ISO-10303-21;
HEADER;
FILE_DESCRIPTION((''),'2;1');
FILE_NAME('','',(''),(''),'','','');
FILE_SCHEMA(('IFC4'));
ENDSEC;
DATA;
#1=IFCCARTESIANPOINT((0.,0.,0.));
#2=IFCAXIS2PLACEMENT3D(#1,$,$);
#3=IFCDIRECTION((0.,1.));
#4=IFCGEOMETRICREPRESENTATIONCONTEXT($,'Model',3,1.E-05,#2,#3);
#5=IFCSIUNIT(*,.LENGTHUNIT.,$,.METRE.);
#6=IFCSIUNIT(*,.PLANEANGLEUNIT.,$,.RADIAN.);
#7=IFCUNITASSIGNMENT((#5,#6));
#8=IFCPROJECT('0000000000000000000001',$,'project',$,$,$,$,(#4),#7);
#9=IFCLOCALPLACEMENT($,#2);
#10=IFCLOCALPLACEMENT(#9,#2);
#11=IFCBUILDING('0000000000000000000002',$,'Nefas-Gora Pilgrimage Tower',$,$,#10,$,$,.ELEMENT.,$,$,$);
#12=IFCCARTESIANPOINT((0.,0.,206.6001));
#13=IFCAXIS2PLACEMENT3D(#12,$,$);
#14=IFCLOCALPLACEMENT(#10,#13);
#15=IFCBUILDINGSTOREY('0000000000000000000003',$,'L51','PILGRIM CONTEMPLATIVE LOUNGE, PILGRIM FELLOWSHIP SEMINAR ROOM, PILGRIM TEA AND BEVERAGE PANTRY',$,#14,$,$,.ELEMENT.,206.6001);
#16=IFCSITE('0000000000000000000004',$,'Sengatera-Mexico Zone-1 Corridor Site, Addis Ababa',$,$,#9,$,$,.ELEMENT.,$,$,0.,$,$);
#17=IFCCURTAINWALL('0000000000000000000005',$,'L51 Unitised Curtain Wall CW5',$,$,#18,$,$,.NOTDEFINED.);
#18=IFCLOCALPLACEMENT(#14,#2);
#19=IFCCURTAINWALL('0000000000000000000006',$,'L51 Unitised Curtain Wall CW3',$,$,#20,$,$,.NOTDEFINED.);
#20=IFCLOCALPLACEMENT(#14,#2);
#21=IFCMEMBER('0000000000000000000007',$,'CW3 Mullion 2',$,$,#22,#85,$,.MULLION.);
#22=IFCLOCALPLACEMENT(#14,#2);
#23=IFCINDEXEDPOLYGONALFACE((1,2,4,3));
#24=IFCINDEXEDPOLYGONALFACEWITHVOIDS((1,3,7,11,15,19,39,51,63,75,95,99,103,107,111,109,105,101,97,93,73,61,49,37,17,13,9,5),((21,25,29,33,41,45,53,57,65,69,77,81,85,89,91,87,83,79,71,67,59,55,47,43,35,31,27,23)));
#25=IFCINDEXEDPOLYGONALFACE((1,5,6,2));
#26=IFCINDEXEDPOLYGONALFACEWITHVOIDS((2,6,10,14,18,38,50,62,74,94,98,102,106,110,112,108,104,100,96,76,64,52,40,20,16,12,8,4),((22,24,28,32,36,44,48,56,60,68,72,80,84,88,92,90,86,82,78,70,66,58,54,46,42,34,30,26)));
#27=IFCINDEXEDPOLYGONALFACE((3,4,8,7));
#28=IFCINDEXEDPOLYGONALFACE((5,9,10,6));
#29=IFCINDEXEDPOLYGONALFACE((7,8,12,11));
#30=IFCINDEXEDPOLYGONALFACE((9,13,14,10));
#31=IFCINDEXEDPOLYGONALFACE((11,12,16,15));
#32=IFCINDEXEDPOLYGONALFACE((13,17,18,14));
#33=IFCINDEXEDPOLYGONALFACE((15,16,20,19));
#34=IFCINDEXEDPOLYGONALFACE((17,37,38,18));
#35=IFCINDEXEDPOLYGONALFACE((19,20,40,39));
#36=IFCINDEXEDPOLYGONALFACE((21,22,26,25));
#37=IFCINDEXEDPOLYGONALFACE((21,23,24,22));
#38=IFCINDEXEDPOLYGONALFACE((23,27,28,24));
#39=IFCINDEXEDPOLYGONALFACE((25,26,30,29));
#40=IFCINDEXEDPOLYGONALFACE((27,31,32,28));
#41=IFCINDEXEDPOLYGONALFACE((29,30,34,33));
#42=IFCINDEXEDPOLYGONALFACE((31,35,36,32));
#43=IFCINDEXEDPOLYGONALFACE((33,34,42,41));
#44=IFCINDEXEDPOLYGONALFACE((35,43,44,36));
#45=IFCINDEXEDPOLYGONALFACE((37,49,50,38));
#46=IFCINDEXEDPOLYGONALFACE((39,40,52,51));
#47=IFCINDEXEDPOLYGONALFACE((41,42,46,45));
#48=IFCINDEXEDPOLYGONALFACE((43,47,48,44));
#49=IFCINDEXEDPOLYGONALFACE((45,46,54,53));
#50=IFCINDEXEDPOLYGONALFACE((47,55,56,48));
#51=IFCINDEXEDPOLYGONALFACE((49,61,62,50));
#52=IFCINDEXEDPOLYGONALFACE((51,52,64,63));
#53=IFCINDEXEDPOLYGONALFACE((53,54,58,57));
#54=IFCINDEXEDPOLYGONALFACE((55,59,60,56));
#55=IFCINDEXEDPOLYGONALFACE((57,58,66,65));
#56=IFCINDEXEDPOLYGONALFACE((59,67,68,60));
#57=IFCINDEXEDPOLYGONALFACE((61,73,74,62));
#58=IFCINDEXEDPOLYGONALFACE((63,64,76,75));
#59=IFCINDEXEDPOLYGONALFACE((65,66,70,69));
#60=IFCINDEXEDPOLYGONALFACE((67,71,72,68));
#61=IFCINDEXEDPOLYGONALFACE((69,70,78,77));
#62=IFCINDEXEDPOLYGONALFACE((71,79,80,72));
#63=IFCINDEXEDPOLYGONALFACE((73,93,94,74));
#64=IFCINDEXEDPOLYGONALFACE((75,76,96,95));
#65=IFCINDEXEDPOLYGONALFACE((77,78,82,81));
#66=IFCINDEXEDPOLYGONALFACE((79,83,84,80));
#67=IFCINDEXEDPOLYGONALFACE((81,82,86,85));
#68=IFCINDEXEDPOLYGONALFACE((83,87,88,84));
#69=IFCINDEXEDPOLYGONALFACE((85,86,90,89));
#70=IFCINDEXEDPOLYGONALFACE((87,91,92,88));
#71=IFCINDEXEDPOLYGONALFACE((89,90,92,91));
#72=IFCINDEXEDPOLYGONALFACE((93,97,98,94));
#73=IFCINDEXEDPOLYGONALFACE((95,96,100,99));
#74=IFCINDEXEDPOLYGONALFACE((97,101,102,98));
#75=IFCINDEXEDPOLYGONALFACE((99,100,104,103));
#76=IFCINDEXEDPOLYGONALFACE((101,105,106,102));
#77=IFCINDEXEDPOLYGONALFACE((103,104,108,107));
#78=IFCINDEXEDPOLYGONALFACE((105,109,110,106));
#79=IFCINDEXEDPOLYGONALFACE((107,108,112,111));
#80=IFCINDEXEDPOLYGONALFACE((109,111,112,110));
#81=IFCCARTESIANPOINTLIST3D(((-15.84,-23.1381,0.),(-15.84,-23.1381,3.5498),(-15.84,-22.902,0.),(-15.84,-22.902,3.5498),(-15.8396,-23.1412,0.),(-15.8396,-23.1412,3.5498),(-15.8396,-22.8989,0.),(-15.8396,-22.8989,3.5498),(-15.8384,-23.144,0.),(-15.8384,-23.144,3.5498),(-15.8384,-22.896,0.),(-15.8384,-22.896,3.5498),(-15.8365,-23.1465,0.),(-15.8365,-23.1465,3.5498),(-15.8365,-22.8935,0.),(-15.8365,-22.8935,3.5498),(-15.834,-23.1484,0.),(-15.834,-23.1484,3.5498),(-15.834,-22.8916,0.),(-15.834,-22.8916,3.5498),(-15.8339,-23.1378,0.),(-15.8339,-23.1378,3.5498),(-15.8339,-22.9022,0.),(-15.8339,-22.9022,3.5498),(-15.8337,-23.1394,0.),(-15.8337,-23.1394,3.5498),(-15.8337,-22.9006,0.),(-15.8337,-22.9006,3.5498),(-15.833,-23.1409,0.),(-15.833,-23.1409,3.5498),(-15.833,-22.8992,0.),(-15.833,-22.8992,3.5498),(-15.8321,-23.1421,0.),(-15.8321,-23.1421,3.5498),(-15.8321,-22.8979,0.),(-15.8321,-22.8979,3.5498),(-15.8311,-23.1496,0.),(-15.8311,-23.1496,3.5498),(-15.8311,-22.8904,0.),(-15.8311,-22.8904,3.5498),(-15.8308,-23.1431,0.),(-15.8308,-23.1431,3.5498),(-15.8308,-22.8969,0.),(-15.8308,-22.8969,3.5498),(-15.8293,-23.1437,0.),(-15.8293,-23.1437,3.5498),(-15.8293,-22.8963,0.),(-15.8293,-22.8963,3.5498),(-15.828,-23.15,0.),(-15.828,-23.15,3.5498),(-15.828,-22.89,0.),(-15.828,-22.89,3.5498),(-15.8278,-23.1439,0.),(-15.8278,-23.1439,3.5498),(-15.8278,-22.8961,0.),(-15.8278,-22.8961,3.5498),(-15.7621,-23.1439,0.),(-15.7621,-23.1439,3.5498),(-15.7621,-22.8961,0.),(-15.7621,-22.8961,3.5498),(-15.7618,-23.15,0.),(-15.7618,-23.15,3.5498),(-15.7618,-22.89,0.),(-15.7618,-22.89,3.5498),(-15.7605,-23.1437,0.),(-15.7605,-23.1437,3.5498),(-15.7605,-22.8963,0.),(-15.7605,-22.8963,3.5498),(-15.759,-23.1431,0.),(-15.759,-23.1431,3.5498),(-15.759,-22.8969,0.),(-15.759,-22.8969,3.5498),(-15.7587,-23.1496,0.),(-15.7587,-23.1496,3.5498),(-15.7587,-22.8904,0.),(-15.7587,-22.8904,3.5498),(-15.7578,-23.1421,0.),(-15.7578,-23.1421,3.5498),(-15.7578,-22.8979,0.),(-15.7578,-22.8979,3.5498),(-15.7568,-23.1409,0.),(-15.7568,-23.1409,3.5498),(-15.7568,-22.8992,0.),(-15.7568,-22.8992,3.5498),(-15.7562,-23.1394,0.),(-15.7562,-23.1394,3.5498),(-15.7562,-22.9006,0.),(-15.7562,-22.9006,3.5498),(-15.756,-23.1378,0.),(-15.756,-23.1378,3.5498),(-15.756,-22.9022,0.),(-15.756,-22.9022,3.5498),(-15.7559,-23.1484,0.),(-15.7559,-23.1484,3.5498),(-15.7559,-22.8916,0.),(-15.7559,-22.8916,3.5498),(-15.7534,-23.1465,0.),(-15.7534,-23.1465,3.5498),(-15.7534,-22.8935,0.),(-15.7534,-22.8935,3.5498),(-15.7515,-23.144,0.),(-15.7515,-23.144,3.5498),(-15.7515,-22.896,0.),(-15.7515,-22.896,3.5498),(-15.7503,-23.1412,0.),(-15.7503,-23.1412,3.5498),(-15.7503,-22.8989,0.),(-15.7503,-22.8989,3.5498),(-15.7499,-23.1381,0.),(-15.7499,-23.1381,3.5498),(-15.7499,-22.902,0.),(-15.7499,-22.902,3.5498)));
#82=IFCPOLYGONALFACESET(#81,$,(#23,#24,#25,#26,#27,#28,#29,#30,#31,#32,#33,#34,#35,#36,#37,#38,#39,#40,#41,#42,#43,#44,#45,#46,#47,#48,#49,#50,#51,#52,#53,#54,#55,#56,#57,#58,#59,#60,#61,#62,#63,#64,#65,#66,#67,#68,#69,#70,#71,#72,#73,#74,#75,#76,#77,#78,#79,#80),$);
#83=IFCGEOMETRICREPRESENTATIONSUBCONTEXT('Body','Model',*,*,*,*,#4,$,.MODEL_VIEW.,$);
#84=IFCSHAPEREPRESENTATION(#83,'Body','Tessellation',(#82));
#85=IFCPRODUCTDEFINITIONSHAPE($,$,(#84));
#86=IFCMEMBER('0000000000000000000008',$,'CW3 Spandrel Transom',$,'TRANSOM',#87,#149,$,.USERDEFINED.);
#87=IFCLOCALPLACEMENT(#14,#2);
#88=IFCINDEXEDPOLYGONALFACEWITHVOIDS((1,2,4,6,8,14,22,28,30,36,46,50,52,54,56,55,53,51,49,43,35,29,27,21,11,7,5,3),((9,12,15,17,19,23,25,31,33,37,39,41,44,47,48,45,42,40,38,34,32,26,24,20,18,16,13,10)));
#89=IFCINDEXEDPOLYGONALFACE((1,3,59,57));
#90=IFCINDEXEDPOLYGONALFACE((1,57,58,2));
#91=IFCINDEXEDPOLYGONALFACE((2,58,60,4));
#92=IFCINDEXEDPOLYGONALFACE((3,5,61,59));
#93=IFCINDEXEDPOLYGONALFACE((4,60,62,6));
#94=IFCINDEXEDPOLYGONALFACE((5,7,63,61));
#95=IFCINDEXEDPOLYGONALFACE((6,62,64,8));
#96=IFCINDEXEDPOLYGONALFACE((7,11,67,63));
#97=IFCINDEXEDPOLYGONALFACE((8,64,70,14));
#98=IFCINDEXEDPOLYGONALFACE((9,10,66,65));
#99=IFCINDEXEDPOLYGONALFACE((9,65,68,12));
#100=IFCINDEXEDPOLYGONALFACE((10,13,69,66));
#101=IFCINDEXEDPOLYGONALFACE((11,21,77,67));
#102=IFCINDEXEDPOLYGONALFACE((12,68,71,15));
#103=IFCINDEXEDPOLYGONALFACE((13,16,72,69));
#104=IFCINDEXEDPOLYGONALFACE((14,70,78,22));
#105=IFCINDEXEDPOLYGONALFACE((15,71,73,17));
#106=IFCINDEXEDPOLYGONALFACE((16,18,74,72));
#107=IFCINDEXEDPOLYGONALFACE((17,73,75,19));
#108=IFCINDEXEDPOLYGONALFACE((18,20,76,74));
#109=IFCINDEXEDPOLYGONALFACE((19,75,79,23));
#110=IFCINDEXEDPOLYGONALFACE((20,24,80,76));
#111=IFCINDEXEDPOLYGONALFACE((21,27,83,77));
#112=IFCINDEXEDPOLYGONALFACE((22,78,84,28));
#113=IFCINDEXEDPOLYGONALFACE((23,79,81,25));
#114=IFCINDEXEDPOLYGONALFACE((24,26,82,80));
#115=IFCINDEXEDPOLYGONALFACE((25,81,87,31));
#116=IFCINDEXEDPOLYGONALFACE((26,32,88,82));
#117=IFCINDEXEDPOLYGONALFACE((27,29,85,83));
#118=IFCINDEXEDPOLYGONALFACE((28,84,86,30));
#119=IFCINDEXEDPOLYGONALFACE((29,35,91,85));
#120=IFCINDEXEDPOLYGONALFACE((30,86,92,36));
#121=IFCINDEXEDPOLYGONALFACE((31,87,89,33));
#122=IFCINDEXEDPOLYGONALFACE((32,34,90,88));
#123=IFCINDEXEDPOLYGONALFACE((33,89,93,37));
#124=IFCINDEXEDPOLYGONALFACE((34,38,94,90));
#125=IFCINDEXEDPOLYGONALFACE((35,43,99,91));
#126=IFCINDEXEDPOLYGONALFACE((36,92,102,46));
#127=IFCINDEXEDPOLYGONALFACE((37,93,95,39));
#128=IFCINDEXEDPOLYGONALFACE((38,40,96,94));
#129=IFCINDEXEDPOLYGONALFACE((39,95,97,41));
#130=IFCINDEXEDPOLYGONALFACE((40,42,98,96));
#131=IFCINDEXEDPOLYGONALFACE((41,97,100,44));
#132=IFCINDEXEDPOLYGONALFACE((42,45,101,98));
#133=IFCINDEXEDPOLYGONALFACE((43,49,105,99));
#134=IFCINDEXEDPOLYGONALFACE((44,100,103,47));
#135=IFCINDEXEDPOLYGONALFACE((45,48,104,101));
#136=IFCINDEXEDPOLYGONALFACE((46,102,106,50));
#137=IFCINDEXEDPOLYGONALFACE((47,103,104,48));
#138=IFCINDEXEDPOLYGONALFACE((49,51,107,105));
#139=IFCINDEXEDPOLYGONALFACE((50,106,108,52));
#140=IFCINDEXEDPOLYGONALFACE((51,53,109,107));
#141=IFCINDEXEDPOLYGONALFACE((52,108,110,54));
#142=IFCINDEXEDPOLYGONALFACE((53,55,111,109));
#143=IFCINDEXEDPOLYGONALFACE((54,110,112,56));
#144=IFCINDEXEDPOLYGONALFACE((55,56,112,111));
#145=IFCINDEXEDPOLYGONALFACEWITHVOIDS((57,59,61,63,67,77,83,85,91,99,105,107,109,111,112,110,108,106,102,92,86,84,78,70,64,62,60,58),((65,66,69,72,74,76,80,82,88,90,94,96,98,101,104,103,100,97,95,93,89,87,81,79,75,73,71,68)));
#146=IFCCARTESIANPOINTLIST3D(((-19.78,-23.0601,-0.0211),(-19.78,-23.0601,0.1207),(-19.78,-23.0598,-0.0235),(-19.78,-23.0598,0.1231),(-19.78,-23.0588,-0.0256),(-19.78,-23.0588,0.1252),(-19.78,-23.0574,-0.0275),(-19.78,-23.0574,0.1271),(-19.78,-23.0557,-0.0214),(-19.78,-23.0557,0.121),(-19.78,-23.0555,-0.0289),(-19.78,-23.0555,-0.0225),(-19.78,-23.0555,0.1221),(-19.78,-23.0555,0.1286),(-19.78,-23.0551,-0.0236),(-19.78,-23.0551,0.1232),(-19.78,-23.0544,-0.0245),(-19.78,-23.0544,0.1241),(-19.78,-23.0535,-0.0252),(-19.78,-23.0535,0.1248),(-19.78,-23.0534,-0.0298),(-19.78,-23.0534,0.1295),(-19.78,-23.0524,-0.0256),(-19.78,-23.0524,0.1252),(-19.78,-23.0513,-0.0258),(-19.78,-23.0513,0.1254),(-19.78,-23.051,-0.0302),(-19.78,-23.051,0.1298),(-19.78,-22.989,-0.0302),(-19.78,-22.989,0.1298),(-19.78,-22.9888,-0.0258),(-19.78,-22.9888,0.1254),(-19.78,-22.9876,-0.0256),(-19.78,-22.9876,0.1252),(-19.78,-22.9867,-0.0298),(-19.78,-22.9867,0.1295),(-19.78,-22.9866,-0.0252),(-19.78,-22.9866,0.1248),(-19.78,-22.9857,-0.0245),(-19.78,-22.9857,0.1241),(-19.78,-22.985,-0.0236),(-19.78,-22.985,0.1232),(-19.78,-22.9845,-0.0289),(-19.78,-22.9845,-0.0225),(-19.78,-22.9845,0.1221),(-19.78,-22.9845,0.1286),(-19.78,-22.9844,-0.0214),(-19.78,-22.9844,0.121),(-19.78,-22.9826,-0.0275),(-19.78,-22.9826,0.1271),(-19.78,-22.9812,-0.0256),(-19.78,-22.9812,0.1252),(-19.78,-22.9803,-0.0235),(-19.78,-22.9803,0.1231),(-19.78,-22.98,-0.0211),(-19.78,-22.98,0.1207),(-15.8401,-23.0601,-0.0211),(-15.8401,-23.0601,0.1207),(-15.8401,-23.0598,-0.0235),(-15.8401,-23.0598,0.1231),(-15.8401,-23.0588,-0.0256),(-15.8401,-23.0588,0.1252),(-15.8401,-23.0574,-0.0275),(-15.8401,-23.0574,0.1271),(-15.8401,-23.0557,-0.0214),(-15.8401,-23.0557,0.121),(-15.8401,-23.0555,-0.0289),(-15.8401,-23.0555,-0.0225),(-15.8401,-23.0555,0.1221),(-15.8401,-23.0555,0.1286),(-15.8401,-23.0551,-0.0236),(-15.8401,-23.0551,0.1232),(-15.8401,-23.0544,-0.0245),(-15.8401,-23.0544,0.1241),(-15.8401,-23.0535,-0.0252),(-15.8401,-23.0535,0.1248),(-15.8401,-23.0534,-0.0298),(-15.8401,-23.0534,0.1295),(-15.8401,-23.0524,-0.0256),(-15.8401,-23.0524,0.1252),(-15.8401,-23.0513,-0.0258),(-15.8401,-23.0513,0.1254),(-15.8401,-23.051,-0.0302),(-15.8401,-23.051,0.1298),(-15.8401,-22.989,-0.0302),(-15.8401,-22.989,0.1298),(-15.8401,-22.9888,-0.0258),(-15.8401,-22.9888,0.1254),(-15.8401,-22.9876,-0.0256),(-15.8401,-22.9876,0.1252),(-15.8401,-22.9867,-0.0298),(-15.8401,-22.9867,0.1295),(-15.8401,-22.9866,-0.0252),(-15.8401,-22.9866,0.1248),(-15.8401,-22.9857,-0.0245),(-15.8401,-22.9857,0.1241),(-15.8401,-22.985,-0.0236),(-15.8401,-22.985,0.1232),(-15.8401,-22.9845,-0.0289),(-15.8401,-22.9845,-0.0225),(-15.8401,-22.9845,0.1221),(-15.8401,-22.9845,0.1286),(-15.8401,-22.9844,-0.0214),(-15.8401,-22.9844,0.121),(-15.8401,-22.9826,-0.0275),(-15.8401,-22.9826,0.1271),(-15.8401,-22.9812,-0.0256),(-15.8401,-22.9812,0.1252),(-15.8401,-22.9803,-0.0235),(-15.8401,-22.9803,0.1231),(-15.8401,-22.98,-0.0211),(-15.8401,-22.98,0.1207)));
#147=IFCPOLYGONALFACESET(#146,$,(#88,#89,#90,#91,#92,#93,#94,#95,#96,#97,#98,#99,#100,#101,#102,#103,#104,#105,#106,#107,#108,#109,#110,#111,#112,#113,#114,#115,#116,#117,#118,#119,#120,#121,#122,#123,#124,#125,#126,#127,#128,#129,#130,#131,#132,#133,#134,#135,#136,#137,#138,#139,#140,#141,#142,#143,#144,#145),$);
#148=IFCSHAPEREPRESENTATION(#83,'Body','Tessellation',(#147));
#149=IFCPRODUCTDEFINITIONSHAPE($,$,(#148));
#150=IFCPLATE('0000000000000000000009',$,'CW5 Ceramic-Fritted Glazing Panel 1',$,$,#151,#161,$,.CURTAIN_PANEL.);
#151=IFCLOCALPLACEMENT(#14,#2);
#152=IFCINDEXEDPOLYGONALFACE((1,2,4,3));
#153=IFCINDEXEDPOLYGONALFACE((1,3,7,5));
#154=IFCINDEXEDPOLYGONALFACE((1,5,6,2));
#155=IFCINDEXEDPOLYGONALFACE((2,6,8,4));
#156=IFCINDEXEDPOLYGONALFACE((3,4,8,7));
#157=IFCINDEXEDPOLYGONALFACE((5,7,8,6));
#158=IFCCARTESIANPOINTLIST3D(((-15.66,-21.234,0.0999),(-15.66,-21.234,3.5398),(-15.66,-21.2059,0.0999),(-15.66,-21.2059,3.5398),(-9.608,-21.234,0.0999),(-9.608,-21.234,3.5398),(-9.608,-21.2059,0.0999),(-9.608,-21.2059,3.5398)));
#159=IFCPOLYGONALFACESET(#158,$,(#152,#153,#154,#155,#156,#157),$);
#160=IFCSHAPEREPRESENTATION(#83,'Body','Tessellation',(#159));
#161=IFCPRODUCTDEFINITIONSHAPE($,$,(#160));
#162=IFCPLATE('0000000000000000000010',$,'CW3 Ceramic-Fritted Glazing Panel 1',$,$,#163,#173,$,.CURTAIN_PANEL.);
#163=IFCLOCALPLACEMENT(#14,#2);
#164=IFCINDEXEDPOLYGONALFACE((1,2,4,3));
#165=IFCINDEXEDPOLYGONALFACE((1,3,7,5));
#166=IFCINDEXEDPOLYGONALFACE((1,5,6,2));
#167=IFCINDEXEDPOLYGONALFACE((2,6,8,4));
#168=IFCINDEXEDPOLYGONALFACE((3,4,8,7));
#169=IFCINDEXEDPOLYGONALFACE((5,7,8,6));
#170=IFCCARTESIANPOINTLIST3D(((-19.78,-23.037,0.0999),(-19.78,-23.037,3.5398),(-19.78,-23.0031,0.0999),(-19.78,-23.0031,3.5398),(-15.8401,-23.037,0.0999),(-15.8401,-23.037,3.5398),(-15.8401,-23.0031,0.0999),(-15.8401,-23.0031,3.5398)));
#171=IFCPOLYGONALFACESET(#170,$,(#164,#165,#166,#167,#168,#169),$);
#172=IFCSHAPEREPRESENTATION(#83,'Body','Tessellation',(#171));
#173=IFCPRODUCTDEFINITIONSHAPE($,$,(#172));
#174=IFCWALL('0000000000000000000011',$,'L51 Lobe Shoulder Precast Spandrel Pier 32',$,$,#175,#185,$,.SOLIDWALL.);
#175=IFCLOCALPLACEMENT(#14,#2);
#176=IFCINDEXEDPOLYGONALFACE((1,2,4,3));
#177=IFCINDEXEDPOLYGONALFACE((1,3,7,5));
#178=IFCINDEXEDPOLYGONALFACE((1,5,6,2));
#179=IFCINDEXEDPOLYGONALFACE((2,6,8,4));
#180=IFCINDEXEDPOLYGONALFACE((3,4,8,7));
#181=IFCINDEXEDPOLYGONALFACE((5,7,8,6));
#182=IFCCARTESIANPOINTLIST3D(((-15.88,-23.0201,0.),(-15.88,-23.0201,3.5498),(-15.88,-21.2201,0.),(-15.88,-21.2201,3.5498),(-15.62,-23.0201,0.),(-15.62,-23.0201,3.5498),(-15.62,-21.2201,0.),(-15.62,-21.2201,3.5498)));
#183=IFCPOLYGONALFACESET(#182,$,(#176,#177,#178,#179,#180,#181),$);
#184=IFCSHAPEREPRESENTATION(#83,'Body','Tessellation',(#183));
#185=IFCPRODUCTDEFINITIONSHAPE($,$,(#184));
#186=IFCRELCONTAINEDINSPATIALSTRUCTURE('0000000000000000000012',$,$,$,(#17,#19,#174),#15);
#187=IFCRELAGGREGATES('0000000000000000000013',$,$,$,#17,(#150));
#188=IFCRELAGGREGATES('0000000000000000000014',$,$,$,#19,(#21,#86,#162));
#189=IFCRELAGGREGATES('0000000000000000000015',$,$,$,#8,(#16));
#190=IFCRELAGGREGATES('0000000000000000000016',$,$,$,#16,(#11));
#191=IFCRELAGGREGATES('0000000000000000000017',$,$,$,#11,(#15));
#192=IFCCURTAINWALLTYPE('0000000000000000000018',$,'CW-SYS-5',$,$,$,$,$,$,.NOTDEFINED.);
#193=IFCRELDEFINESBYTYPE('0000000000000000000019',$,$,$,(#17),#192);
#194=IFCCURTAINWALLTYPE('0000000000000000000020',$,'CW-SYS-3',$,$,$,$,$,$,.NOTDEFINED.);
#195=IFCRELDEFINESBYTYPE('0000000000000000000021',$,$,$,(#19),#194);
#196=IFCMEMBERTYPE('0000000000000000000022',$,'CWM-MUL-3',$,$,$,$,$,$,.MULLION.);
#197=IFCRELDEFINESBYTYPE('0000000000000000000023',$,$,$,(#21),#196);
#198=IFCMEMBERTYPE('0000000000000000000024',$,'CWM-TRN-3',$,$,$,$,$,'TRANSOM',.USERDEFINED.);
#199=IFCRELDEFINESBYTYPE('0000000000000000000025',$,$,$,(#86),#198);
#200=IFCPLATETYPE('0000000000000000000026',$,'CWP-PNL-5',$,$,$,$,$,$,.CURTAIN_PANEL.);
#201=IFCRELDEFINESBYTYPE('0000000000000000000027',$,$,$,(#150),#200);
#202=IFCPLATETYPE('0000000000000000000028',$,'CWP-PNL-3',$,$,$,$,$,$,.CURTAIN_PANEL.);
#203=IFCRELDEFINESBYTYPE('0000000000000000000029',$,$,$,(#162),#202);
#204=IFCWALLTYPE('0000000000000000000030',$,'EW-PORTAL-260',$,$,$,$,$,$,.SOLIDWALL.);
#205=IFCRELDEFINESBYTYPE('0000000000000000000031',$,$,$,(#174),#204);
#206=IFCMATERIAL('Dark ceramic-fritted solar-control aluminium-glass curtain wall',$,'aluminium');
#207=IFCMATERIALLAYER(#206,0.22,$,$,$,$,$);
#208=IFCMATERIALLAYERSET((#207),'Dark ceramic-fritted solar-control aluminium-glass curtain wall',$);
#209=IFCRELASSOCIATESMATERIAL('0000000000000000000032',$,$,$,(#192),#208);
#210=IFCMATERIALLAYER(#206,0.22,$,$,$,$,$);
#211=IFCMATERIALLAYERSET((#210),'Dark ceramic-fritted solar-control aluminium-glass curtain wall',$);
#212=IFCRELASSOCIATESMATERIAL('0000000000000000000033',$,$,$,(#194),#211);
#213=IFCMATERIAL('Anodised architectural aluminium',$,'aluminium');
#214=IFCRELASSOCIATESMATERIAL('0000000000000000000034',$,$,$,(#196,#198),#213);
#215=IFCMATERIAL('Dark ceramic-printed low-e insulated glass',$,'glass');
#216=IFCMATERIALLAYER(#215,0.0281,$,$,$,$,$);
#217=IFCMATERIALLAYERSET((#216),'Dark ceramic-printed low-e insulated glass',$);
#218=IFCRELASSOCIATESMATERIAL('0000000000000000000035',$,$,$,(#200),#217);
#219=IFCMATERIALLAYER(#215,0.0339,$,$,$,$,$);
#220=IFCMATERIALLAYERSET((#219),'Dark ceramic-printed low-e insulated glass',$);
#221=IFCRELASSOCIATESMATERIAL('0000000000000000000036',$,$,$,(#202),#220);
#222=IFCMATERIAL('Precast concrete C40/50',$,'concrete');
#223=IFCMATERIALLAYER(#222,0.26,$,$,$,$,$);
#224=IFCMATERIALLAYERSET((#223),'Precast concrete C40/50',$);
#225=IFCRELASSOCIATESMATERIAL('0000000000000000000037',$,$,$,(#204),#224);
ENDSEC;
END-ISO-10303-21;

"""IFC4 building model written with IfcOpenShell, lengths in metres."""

from ifc_helpers import new_model, si_unit, direction, frame, frame_2d, origin, origin_2d, place, context, subcontext, project, spatial, rectangle, hollow_rectangle, extrude, source, transform, mapped, material, layer, layer_set, material_profile, profile_set, type_object, element, aggregate, save


model = new_model("IFC4")

# Units and contexts
model_context = context("Model", 3, precision=1e-05, world=origin(), true_north=direction((0.0, 1.0)))
body_context = subcontext(model_context, "Body", "Model", "MODEL_VIEW")
ifc_project = project(units=[si_unit("LENGTHUNIT", "METRE"), si_unit("PLANEANGLEUNIT", "RADIAN")], contexts=[model_context])

# Site, building, storey
site_placement = place(None, origin())
site = spatial("IfcSite", under=ifc_project, at=site_placement, Name="Sengatera-Mexico Zone-1 Corridor Site, Addis Ababa", CompositionType="ELEMENT", RefElevation=0.0)
building_placement = place(site_placement, origin())
building = spatial("IfcBuilding", under=site, at=building_placement, Name="Nefas-Gora Pilgrimage Tower", CompositionType="ELEMENT")
storey_placement = place(building_placement, frame((0.0, 0.0, 206.6001)))
storey = spatial("IfcBuildingStorey", under=building, at=storey_placement, Name="L51", Description="PILGRIM CONTEMPLATIVE LOUNGE, PILGRIM FELLOWSHIP SEMINAR ROOM, PILGRIM TEA AND BEVERAGE PANTRY", CompositionType="ELEMENT", Elevation=206.6001)

# Curtain wall
ifc_material_1 = material(Name="Dark ceramic-fritted solar-control aluminium-glass curtain wall", Category="aluminium")
ifc_layer_1 = layer(ifc_material_1, 0.22)
ifc_layer_set_1 = layer_set([ifc_layer_1], Name="Dark ceramic-fritted solar-control aluminium-glass curtain wall")
curtain_wall_type_1 = type_object("IfcCurtainWallType", Name="CW-SYS-5", PredefinedType="NOTDEFINED", material=ifc_layer_set_1)
curtain_wall_1_placement = place(storey_placement, origin())
curtain_wall_1 = element("IfcCurtainWall", 1, at=curtain_wall_1_placement, inside=storey, type_object=curtain_wall_type_1, Name="L51 Unitised Curtain Wall CW5", PredefinedType="NOTDEFINED")
ifc_material_2 = material(Name="Anodised architectural aluminium", Category="aluminium")

# Shared definitions
ifc_layer_2 = layer(ifc_material_1, 0.22)
ifc_layer_set_2 = layer_set([ifc_layer_2], Name="Dark ceramic-fritted solar-control aluminium-glass curtain wall")
curtain_wall_type_2 = type_object("IfcCurtainWallType", Name="CW-SYS-3", PredefinedType="NOTDEFINED", material=ifc_layer_set_2)
ifc_material_profile_1 = material_profile(ifc_material_2, hollow_rectangle(XDim=0.0901, YDim=0.26, WallThickness=0.0061, InnerFilletRadius=0.0061, OuterFilletRadius=0.012, at=origin_2d()), Name="ALU MULLION 90x260")
ifc_profile_set_1 = profile_set([ifc_material_profile_1], Name="Anodised architectural aluminium")
member_type_1 = type_object("IfcMemberType", Name="CWM-MUL-3", PredefinedType="MULLION", material=ifc_profile_set_1)
shared_shape_1 = source(origin(), body_context, "Body", "SweptSolid", [
    extrude(hollow_rectangle(XDim=0.0901, YDim=0.26, WallThickness=0.0061, InnerFilletRadius=0.0061, OuterFilletRadius=0.012, at=origin_2d()), origin(), (0.0, 0.0, 1.0), 3.5498),
])

# Curtain wall, members
curtain_wall_2_placement = place(storey_placement, origin())
curtain_wall_2 = element("IfcCurtainWall", 2, at=curtain_wall_2_placement, inside=storey, type_object=curtain_wall_type_2, Name="L51 Unitised Curtain Wall CW3", PredefinedType="NOTDEFINED")
member_1_placement = place(storey_placement, frame((-15.7949, -23.02, 0.0), z_axis=(0.0, 0.0, 1.0), x_axis=(1.0, 0.0, 0.0)))
member_1 = element("IfcMember", 3, at=member_1_placement, type_object=member_type_1, Name="CW3 Mullion 2", PredefinedType="MULLION", context=body_context, shape_type="MappedRepresentation", body=[
    mapped(shared_shape_1, transform((0.0, 0.0, 0.0), x_axis=(1.0, 0.0, 0.0), y_axis=(0.0, 1.0, 0.0), z_axis=(0.0, 0.0, 1.0), scale=1.0)),
])
ifc_material_profile_2 = material_profile(ifc_material_2, hollow_rectangle(XDim=0.0801, YDim=0.1599, WallThickness=0.0044, InnerFilletRadius=0.0044, OuterFilletRadius=0.009, at=origin_2d()), Name="ALU TRANSOM 80x160")
ifc_profile_set_2 = profile_set([ifc_material_profile_2], Name="Anodised architectural aluminium")
member_type_2 = type_object("IfcMemberType", Name="CWM-TRN-3", ElementType="TRANSOM", PredefinedType="USERDEFINED", material=ifc_profile_set_2)
shared_shape_2 = source(origin(), body_context, "Body", "SweptSolid", [
    extrude(hollow_rectangle(XDim=0.0801, YDim=0.1599, WallThickness=0.0044, InnerFilletRadius=0.0044, OuterFilletRadius=0.009, at=origin_2d()), origin(), (0.0, 0.0, 1.0), 3.9399),
])
member_2_placement = place(storey_placement, frame((-19.78, -23.02, 0.0498), z_axis=(1.0, 0.0, 0.0), x_axis=(0.0, 1.0, 0.0)))
member_2 = element("IfcMember", 4, at=member_2_placement, type_object=member_type_2, Name="CW3 Spandrel Transom", ObjectType="TRANSOM", PredefinedType="USERDEFINED", context=body_context, shape_type="MappedRepresentation", body=[
    mapped(shared_shape_2, transform((0.0, 0.0, 0.0), x_axis=(1.0, 0.0, 0.0), y_axis=(0.0, 1.0, 0.0), z_axis=(0.0, 0.0, 1.0), scale=1.0)),
])

# Plates
ifc_material_3 = material(Name="Dark ceramic-printed low-e insulated glass", Category="glass")
ifc_layer_3 = layer(ifc_material_3, 0.0281)
ifc_layer_set_3 = layer_set([ifc_layer_3], Name="Dark ceramic-printed low-e insulated glass")
plate_type_1 = type_object("IfcPlateType", Name="CWP-PNL-5", PredefinedType="CURTAIN_PANEL", material=ifc_layer_set_3)
shared_shape_3 = source(origin(), body_context, "Body", "SweptSolid", [
    extrude(rectangle(XDim=6.052, YDim=0.0281, at=origin_2d()), origin(), (0.0, 0.0, 1.0), 3.4399),
])
plate_1_placement = place(storey_placement, frame((-12.634, -21.22, 0.0999), z_axis=(0.0, 0.0, 1.0), x_axis=(1.0, 0.0, 0.0)))
plate_1 = element("IfcPlate", 5, at=plate_1_placement, type_object=plate_type_1, Name="CW5 Ceramic-Fritted Glazing Panel 1", PredefinedType="CURTAIN_PANEL", context=body_context, shape_type="MappedRepresentation", body=[
    mapped(shared_shape_3, transform((0.0, 0.0, 0.0), x_axis=(1.0, 0.0, 0.0), y_axis=(0.0, 1.0, 0.0), z_axis=(0.0, 0.0, 1.0), scale=1.0)),
])
aggregate(curtain_wall_1, [plate_1])
ifc_layer_4 = layer(ifc_material_3, 0.0339)
ifc_layer_set_4 = layer_set([ifc_layer_4], Name="Dark ceramic-printed low-e insulated glass")
plate_type_2 = type_object("IfcPlateType", Name="CWP-PNL-3", PredefinedType="CURTAIN_PANEL", material=ifc_layer_set_4)
shared_shape_4 = source(origin(), body_context, "Body", "SweptSolid", [
    extrude(rectangle(XDim=3.9399, YDim=0.0339, at=origin_2d()), origin(), (0.0, 0.0, 1.0), 3.4399),
])
plate_2_placement = place(storey_placement, frame((-17.8101, -23.02, 0.0999), z_axis=(0.0, 0.0, 1.0), x_axis=(1.0, 0.0, 0.0)))
plate_2 = element("IfcPlate", 6, at=plate_2_placement, type_object=plate_type_2, Name="CW3 Ceramic-Fritted Glazing Panel 1", PredefinedType="CURTAIN_PANEL", context=body_context, shape_type="MappedRepresentation", body=[
    mapped(shared_shape_4, transform((0.0, 0.0, 0.0), x_axis=(1.0, 0.0, 0.0), y_axis=(0.0, 1.0, 0.0), z_axis=(0.0, 0.0, 1.0), scale=1.0)),
])
aggregate(curtain_wall_2, [member_1, member_2, plate_2])

# Wall
ifc_material_4 = material(Name="Precast concrete C40/50", Category="concrete")
ifc_layer_5 = layer(ifc_material_4, 0.26)
ifc_layer_set_5 = layer_set([ifc_layer_5], Name="Precast concrete C40/50")
wall_type_1 = type_object("IfcWallType", Name="EW-PORTAL-260", PredefinedType="SOLIDWALL", material=ifc_layer_set_5)
shared_shape_5 = source(origin(), body_context, "Body", "SweptSolid", [
    extrude(rectangle(XDim=1.8, YDim=0.26, at=frame_2d((0.8999, 0.0))), origin(), (0.0, 0.0, 1.0), 3.5498),
])
wall_1_placement = place(storey_placement, frame((-15.75, -23.02, 0.0), z_axis=(0.0, 0.0, 1.0), x_axis=(0.0, 1.0, 0.0)))
element("IfcWall", 7, at=wall_1_placement, inside=storey, type_object=wall_type_1, Name="L51 Lobe Shoulder Precast Spandrel Pier 32", PredefinedType="SOLIDWALL", context=body_context, shape_type="MappedRepresentation", body=[
    mapped(shared_shape_5, transform((0.0, 0.0, 0.0), x_axis=(1.0, 0.0, 0.0), y_axis=(0.0, 1.0, 0.0), z_axis=(0.0, 0.0, 1.0), scale=1.0)),
])

save(model, "model.ifc")
